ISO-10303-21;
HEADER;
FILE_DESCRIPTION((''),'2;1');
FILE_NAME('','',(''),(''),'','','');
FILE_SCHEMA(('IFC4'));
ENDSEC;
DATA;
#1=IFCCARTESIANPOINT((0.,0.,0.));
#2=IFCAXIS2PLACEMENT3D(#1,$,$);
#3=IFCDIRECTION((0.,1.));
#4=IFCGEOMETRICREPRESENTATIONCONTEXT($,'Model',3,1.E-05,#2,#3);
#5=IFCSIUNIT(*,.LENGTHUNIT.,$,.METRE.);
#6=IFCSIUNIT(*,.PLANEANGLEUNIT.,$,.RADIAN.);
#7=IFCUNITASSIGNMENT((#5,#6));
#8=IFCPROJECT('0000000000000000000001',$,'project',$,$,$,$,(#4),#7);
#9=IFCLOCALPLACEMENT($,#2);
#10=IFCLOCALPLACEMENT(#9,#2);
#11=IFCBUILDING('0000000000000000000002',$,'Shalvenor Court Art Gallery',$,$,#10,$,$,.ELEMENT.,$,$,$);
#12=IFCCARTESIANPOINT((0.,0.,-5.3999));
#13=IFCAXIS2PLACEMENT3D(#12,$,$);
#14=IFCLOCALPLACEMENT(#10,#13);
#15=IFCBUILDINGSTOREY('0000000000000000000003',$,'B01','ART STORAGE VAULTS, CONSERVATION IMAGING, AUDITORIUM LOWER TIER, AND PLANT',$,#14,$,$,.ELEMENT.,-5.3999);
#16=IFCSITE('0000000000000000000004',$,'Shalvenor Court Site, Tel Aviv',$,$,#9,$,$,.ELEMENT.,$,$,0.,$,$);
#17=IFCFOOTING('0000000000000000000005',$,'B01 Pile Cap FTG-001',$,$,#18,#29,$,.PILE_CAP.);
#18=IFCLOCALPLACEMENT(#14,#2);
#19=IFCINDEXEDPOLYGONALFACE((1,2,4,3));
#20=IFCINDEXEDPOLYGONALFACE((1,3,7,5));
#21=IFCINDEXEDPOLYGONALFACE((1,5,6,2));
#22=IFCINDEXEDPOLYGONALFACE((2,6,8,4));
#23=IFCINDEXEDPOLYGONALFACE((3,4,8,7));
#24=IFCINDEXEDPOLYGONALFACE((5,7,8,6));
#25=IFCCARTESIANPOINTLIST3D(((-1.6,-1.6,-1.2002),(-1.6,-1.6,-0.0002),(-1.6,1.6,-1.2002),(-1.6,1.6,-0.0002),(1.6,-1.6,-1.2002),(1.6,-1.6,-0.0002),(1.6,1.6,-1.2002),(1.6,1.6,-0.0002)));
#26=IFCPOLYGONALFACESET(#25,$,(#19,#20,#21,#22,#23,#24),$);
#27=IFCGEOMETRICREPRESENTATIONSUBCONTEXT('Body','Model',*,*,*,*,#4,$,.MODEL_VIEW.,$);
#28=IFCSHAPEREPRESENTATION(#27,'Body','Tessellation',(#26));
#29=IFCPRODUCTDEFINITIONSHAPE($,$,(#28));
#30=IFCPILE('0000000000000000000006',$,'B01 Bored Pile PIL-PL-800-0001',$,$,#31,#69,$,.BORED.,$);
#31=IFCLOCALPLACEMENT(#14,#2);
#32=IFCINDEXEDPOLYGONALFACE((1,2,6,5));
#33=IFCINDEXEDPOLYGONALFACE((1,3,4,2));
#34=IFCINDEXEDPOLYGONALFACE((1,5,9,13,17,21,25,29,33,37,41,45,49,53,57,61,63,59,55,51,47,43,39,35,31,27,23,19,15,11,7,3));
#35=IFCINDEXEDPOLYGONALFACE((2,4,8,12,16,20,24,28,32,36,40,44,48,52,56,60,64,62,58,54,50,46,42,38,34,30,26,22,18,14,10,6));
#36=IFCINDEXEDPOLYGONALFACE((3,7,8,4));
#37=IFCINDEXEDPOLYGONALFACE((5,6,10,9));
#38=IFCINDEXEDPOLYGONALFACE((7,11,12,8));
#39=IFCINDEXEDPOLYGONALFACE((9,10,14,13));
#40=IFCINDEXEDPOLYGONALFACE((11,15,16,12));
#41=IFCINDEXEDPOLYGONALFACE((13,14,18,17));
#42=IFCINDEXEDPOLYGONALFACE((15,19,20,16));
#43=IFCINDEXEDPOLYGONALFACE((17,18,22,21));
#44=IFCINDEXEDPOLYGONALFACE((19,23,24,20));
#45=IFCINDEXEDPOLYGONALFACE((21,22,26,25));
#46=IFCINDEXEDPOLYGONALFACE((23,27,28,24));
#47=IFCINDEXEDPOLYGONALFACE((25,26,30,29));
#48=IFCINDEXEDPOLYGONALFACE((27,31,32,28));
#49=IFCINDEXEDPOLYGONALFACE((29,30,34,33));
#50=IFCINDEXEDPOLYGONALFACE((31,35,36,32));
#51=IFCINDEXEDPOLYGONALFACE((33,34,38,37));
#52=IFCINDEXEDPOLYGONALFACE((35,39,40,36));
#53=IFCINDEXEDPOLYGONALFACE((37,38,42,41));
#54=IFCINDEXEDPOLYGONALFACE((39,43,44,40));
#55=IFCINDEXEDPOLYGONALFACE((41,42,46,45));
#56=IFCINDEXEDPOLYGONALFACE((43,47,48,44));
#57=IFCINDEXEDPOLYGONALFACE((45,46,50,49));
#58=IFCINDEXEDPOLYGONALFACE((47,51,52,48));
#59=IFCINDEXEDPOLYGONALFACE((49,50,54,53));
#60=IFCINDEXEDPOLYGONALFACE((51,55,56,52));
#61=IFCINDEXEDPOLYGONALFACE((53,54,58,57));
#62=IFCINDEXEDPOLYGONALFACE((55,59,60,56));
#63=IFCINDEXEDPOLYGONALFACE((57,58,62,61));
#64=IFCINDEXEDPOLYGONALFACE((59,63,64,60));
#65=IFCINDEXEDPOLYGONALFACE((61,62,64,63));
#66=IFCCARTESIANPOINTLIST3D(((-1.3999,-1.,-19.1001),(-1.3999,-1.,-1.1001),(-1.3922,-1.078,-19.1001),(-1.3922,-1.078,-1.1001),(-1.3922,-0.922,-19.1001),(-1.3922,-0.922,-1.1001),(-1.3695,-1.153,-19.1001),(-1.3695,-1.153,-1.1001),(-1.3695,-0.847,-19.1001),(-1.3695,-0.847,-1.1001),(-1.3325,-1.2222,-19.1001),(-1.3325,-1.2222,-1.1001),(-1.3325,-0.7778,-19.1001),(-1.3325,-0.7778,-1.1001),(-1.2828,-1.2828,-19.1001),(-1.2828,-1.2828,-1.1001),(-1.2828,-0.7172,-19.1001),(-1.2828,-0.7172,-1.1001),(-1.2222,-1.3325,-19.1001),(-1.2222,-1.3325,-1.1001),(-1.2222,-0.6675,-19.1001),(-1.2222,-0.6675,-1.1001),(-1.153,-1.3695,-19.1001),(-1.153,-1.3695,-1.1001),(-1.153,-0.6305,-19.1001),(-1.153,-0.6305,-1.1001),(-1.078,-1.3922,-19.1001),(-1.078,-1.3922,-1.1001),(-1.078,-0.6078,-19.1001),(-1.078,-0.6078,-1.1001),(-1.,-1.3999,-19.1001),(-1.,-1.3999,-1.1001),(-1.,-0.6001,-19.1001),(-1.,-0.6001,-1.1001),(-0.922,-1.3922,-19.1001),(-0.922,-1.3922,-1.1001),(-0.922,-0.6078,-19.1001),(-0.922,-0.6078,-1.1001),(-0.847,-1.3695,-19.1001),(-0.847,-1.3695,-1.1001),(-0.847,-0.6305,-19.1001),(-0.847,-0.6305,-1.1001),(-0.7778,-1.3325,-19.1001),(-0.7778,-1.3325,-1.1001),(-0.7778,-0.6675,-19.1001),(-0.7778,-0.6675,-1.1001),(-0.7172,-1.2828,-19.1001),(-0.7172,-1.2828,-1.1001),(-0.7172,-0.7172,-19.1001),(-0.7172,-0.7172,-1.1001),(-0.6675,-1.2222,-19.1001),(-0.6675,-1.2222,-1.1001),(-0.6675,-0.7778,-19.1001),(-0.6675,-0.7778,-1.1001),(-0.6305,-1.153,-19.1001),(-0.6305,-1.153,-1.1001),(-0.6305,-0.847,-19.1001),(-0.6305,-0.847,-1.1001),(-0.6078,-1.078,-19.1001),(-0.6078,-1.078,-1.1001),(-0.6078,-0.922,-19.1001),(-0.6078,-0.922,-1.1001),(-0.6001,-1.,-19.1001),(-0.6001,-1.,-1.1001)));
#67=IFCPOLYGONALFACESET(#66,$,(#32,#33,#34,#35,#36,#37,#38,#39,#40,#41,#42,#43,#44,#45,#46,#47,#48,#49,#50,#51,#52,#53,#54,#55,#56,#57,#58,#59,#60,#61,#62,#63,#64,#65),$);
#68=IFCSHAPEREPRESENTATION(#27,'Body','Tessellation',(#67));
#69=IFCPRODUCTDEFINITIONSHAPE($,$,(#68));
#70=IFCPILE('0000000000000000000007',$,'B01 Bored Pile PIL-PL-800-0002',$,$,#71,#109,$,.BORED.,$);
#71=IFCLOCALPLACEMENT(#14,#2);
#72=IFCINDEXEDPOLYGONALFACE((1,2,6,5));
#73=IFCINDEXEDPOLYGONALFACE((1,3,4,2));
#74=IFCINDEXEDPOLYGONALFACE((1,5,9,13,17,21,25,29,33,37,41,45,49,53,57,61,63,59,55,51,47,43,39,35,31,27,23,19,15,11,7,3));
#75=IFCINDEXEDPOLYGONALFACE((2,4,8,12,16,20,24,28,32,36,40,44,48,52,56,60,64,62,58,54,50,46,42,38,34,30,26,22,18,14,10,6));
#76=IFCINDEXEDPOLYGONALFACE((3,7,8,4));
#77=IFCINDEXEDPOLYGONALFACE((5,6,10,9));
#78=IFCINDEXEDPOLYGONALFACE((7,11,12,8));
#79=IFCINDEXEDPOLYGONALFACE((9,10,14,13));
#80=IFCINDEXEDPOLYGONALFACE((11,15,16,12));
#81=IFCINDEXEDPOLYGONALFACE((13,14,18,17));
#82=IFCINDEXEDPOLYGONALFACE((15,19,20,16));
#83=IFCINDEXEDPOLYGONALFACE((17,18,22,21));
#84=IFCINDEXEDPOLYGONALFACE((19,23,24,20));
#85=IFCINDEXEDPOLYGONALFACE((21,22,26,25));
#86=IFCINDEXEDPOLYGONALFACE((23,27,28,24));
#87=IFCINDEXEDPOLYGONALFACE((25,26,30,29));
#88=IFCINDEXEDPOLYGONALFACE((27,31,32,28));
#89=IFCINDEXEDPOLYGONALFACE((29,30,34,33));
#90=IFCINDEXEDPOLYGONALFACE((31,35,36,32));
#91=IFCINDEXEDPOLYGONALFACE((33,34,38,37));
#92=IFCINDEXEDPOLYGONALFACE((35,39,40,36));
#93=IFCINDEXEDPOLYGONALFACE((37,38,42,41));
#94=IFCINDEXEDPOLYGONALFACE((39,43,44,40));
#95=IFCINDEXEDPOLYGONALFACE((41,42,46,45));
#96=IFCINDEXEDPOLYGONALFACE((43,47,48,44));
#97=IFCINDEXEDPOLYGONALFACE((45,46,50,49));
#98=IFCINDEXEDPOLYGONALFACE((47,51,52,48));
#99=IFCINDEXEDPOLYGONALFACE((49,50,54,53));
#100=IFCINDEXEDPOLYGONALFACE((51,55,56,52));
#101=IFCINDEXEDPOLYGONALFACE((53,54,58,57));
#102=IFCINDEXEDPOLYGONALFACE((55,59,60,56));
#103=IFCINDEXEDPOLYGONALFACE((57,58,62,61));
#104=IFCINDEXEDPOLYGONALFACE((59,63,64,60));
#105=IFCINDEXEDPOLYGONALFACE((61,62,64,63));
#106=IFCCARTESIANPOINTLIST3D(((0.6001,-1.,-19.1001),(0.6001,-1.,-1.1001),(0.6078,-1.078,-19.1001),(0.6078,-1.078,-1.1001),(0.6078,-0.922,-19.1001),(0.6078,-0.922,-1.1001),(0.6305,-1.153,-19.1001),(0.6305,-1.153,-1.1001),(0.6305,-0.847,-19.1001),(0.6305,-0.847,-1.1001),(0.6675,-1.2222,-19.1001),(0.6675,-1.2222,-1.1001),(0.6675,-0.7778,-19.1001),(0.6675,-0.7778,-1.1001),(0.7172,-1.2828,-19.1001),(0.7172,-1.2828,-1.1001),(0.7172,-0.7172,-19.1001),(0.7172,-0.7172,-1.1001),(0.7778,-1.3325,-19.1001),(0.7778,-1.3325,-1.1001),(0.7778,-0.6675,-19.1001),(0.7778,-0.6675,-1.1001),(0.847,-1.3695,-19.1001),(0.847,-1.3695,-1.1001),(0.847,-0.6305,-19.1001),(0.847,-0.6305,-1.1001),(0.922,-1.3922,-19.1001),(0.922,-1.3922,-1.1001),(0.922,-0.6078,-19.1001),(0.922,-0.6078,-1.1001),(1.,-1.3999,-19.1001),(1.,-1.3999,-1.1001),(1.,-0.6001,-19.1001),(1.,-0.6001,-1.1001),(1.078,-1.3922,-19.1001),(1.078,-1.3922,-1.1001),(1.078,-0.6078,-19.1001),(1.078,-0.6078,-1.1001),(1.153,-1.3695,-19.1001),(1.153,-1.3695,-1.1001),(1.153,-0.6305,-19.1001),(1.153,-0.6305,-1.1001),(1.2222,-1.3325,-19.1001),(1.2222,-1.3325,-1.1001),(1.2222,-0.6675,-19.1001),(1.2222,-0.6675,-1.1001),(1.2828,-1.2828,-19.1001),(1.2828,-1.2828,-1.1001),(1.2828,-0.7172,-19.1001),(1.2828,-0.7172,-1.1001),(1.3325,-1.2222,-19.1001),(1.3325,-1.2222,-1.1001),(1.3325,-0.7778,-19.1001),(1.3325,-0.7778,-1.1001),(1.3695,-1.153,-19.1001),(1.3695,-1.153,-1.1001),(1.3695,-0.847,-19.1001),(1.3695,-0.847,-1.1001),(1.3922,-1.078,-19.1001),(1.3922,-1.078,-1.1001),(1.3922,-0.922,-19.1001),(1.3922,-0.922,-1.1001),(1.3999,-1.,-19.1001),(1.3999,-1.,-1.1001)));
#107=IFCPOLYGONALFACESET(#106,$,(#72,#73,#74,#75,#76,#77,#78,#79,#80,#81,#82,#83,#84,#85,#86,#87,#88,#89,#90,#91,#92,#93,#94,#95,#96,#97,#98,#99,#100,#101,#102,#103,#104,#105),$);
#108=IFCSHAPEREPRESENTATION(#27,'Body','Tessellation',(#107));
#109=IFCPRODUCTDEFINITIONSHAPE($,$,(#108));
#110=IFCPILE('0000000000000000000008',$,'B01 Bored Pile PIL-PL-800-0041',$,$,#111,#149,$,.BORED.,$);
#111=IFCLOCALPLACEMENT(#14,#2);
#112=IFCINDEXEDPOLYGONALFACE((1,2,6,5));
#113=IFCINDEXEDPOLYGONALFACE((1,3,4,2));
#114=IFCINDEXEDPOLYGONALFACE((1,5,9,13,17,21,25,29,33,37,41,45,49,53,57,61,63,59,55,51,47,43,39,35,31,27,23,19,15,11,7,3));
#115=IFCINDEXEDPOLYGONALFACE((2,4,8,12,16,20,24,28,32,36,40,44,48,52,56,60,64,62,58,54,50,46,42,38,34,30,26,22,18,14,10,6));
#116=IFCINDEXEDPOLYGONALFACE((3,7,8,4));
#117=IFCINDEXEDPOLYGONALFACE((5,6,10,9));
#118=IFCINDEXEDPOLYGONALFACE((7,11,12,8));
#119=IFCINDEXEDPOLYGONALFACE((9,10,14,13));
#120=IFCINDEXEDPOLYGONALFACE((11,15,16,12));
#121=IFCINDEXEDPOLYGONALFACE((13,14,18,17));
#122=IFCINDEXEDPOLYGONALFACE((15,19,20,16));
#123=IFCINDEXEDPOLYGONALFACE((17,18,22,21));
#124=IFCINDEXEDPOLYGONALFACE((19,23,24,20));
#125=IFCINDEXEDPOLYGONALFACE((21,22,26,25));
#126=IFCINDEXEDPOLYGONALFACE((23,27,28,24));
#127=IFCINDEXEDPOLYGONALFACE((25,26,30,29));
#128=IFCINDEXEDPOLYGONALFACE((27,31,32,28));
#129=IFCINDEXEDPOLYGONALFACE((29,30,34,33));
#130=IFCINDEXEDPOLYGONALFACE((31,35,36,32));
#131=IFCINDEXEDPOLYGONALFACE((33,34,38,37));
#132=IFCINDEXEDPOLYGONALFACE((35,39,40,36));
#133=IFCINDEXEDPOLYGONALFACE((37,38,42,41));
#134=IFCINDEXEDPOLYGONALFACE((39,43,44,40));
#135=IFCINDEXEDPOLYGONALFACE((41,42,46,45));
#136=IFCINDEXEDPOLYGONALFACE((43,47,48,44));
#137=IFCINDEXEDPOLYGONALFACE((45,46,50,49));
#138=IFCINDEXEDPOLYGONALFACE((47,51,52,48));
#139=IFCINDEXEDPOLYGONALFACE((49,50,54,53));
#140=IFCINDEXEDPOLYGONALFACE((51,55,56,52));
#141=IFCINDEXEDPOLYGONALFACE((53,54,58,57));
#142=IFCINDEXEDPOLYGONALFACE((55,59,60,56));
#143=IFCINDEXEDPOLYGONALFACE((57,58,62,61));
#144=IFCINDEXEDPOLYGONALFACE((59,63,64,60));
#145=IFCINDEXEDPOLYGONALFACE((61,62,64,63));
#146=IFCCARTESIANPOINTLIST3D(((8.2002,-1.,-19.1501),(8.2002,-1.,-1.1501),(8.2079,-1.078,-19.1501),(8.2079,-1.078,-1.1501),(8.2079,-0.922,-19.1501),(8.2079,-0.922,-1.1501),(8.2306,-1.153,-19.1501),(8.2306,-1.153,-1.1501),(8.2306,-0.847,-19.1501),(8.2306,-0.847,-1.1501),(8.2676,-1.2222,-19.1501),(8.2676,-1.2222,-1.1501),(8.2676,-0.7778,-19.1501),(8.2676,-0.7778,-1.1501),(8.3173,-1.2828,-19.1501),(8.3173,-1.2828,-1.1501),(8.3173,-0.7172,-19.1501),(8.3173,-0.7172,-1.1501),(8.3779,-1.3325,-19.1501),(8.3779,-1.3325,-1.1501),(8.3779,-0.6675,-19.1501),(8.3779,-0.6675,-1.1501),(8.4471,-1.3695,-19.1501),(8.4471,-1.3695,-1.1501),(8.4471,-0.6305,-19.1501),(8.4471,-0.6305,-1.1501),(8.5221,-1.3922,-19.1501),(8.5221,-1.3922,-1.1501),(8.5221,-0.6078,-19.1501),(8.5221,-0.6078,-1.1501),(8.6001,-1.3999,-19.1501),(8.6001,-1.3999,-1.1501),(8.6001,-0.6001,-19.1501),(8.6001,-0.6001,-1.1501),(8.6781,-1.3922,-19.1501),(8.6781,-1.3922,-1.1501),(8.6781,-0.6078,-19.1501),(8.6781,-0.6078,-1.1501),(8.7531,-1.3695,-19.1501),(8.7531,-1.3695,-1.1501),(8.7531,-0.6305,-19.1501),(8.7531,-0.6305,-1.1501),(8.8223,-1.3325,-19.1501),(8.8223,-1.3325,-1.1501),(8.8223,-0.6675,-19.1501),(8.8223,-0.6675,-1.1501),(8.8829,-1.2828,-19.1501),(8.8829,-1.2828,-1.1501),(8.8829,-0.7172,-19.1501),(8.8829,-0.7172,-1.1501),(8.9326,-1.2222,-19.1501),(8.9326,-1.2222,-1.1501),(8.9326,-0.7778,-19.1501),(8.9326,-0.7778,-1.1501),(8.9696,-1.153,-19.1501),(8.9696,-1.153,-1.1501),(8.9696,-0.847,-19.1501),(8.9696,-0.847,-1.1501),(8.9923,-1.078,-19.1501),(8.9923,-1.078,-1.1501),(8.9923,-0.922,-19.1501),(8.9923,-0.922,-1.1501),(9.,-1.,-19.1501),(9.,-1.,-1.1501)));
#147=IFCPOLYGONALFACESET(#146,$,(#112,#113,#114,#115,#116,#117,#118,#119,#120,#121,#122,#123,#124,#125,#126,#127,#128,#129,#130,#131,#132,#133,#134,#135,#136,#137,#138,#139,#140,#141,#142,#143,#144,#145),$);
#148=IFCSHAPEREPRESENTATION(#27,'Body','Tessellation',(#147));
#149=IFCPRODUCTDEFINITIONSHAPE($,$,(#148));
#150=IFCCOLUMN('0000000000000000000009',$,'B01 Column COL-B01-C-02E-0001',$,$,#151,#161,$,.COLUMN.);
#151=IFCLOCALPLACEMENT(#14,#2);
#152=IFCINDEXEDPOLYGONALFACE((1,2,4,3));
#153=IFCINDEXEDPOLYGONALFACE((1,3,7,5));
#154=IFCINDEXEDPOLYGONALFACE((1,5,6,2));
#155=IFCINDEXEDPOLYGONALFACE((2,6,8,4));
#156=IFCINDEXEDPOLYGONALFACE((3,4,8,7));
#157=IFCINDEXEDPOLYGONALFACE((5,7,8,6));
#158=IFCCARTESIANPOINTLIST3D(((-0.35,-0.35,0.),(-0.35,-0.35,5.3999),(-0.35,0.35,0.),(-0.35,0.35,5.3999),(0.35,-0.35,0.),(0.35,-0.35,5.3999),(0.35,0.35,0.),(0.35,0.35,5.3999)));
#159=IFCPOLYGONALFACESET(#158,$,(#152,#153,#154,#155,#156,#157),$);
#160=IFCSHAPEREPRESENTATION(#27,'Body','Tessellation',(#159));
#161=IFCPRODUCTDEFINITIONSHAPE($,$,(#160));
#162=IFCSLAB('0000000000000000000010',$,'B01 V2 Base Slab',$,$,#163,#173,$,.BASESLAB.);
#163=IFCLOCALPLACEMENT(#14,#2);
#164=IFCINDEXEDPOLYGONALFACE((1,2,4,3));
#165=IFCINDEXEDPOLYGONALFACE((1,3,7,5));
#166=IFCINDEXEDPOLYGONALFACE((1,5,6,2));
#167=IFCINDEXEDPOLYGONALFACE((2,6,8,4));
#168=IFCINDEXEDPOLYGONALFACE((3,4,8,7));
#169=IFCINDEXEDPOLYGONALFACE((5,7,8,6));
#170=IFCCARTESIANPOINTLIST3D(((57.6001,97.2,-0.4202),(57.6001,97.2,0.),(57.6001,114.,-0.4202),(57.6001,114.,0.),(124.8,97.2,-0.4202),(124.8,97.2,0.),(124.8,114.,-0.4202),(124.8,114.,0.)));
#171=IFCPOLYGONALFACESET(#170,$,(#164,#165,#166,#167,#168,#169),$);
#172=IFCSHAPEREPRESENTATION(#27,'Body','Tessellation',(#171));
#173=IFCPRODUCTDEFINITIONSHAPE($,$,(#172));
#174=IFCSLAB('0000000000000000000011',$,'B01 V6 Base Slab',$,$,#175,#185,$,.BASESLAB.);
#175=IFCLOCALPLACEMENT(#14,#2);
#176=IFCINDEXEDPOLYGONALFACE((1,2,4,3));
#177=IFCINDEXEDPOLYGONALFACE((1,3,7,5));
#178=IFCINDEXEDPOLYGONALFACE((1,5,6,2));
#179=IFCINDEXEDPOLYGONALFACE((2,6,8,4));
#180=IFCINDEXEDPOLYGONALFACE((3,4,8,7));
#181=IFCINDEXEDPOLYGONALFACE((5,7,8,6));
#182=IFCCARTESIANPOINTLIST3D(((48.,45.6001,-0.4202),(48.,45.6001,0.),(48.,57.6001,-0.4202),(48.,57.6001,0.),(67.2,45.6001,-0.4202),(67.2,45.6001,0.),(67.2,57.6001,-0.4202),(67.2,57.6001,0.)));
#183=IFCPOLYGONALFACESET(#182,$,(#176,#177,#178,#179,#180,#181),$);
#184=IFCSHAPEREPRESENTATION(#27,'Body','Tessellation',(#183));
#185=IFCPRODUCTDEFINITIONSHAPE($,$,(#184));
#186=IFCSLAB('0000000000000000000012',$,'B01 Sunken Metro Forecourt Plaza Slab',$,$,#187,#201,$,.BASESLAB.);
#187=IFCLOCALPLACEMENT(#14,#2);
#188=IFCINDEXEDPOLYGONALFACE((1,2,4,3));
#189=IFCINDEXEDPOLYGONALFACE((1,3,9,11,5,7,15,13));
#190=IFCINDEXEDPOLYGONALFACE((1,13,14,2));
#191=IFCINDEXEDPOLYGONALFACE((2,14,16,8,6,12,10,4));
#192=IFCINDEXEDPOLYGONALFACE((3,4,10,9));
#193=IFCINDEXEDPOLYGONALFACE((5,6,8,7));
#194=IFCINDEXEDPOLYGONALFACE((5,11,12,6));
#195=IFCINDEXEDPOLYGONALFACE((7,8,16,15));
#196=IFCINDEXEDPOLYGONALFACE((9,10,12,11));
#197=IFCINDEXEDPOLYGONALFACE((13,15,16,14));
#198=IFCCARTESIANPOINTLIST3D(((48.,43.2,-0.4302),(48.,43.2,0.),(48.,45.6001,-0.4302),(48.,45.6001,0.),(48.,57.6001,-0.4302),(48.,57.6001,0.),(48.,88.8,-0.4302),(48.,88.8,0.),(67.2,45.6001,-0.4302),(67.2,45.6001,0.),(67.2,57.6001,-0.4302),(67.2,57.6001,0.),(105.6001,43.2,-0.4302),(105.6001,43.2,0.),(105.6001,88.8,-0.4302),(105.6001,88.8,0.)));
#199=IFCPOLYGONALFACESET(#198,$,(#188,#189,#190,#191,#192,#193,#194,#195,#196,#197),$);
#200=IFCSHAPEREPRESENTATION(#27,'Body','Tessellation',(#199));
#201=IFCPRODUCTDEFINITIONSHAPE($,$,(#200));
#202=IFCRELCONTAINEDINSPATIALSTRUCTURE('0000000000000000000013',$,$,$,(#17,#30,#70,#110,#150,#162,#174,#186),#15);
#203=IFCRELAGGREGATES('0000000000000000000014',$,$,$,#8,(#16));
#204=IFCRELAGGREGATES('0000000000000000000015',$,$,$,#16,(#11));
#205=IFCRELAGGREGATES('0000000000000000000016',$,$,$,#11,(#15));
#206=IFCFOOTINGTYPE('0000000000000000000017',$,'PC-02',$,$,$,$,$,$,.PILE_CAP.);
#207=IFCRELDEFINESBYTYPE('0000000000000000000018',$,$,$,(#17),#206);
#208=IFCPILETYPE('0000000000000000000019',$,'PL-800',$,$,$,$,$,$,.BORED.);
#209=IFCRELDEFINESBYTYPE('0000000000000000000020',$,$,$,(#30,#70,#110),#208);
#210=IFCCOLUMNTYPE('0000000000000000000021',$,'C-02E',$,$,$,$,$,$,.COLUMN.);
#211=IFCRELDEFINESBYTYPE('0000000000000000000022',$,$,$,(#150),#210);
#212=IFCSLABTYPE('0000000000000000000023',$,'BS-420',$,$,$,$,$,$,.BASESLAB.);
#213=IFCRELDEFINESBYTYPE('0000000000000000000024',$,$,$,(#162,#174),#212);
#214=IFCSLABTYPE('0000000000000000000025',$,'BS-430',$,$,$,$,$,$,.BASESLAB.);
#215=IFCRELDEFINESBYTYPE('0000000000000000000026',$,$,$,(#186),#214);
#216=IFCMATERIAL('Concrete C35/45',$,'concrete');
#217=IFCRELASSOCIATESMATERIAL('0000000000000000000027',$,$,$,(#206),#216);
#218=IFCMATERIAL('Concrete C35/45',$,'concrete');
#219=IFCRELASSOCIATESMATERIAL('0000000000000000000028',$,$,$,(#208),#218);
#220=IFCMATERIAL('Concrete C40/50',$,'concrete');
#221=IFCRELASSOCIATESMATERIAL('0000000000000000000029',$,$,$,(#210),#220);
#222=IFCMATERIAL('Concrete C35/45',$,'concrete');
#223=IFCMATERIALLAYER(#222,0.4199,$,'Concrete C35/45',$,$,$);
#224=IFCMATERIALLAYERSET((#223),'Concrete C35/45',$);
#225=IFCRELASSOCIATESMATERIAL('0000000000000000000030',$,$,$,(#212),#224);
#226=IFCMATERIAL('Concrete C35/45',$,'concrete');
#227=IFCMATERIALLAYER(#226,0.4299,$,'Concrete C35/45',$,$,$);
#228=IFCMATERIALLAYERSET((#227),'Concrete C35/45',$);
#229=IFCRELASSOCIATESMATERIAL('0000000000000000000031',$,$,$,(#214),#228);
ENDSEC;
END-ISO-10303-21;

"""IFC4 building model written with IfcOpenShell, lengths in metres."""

from ifc_helpers import new_model, si_unit, direction, frame, origin, origin_with_axes, origin_2d, place, context, subcontext, project, spatial, polyline, rectangle, circle, outline, extrude, material, layer, layer_set, material_profile, profile_set, type_object, element, save


model = new_model("IFC4")

# Units and contexts
model_context = context("Model", 3, precision=1e-05, world=origin(), true_north=direction((0.0, 1.0)))
body_context = subcontext(model_context, "Body", "Model", "MODEL_VIEW")
ifc_project = project(units=[si_unit("LENGTHUNIT", "METRE"), si_unit("PLANEANGLEUNIT", "RADIAN")], contexts=[model_context])

# Site, building, storey
site_placement = place(None, origin())
site = spatial("IfcSite", under=ifc_project, at=site_placement, Name="Shalvenor Court Site, Tel Aviv", CompositionType="ELEMENT", RefElevation=0.0)
building_placement = place(site_placement, origin())
building = spatial("IfcBuilding", under=site, at=building_placement, Name="Shalvenor Court Art Gallery", CompositionType="ELEMENT")
storey_placement = place(building_placement, frame((0.0, 0.0, -5.3999)))
storey = spatial("IfcBuildingStorey", under=building, at=storey_placement, Name="B01", Description="ART STORAGE VAULTS, CONSERVATION IMAGING, AUDITORIUM LOWER TIER, AND PLANT", CompositionType="ELEMENT", Elevation=-5.3999)

# Footing
ifc_material_1 = material(Name="Concrete C35/45", Category="concrete")
footing_type = type_object("IfcFootingType", Name="PC-02", PredefinedType="PILE_CAP", material=ifc_material_1)
footing_placement = place(storey_placement, frame((0.0, 0.0, -1.2002), z_axis=(0.0, 0.0, 1.0), x_axis=(1.0, 0.0, 0.0)))
element("IfcFooting", 1, at=footing_placement, inside=storey, type_object=footing_type, Name="B01 Pile Cap FTG-001", PredefinedType="PILE_CAP", context=body_context, shape_type="SweptSolid", body=[
    extrude(rectangle(XDim=3.2, YDim=3.2, at=origin_2d()), origin(), (0.0, 0.0, 1.0), 1.2),
])

# Piles
ifc_material_2 = material(Name="Concrete C35/45", Category="concrete")
ifc_material_profile_1 = material_profile(ifc_material_2, circle(Radius=0.3999, at=origin_2d()), Name="PILE 800")
ifc_profile_set_1 = profile_set([ifc_material_profile_1], Name="Concrete C35/45")
pile_type = type_object("IfcPileType", Name="PL-800", PredefinedType="BORED", material=ifc_profile_set_1)
for number, where, z_axis, x_axis, name in (
    (2, (-1.0, -1.0, -1.1001), (0.0, 0.0, -1.0), (1.0, 0.0, 0.0), "B01 Bored Pile PIL-PL-800-0001"),
    (3, (1.0, -1.0, -1.1001), (0.0, 0.0, -1.0), (1.0, 0.0, 0.0), "B01 Bored Pile PIL-PL-800-0002"),
    (4, (8.6001, -1.0, -1.1501), (0.0, 0.0, -1.0), (1.0, 0.0, 0.0), "B01 Bored Pile PIL-PL-800-0041"),
):
    element("IfcPile", number, at=place(storey_placement, frame(where, z_axis=z_axis, x_axis=x_axis)), inside=storey, type_object=pile_type, Name=name, PredefinedType="BORED", context=body_context, shape_type="SweptSolid", body=[
        extrude(circle(Radius=0.3999, at=origin_2d()), origin(), (0.0, 0.0, 1.0), 18.0),
    ])

# Column
ifc_material_3 = material(Name="Concrete C40/50", Category="concrete")
ifc_material_profile_2 = material_profile(ifc_material_3, rectangle(XDim=0.7, YDim=0.7, at=origin_2d()), Name="RC 700x700")
ifc_profile_set_2 = profile_set([ifc_material_profile_2], Name="Concrete C40/50")
column_type = type_object("IfcColumnType", Name="C-02E", PredefinedType="COLUMN", material=ifc_profile_set_2)
column_placement = place(storey_placement, origin_with_axes())
element("IfcColumn", 5, at=column_placement, inside=storey, type_object=column_type, Name="B01 Column COL-B01-C-02E-0001", PredefinedType="COLUMN", context=body_context, shape_type="SweptSolid", body=[
    extrude(rectangle(XDim=0.7, YDim=0.7, at=origin_2d()), origin(), (0.0, 0.0, 1.0), 5.3999),
])

# Slabs
ifc_material_4 = material(Name="Concrete C35/45", Category="concrete")
ifc_layer_1 = layer(ifc_material_4, 0.4199, Name="Concrete C35/45")
ifc_layer_set_1 = layer_set([ifc_layer_1], Name="Concrete C35/45")
slab_type_1 = type_object("IfcSlabType", Name="BS-420", PredefinedType="BASESLAB", material=ifc_layer_set_1)
slab_1_placement = place(storey_placement, frame((0.0, 0.0, -0.4202)))
element("IfcSlab", 6, at=slab_1_placement, inside=storey, type_object=slab_type_1, Name="B01 V2 Base Slab", PredefinedType="BASESLAB", context=body_context, shape_type="SweptSolid", body=[
    extrude(outline(polyline([(124.8, 97.2), (124.8, 114.0), (57.6001, 114.0), (57.6001, 97.2), (124.8, 97.2)])), origin(), (0.0, 0.0, 1.0), 0.4202),
])
slab_2_placement = place(storey_placement, frame((0.0, 0.0, -0.4202)))
element("IfcSlab", 7, at=slab_2_placement, inside=storey, type_object=slab_type_1, Name="B01 V6 Base Slab", PredefinedType="BASESLAB", context=body_context, shape_type="SweptSolid", body=[
    extrude(outline(polyline([(67.2, 45.6001), (67.2, 57.6001), (48.0, 57.6001), (48.0, 45.6001), (67.2, 45.6001)])), origin(), (0.0, 0.0, 1.0), 0.4202),
])
ifc_material_5 = material(Name="Concrete C35/45", Category="concrete")
ifc_layer_2 = layer(ifc_material_5, 0.4299, Name="Concrete C35/45")
ifc_layer_set_2 = layer_set([ifc_layer_2], Name="Concrete C35/45")
slab_type_2 = type_object("IfcSlabType", Name="BS-430", PredefinedType="BASESLAB", material=ifc_layer_set_2)
slab_3_placement = place(storey_placement, frame((0.0, 0.0, -0.4302)))
element("IfcSlab", 8, at=slab_3_placement, inside=storey, type_object=slab_type_2, Name="B01 Sunken Metro Forecourt Plaza Slab", PredefinedType="BASESLAB", context=body_context, shape_type="SweptSolid", body=[
    extrude(outline(polyline([(48.0, 45.6001), (67.2, 45.6001), (67.2, 57.6001), (48.0, 57.6001), (48.0, 88.8), (105.6001, 88.8), (105.6001, 43.2), (48.0, 43.2), (48.0, 45.6001)])), origin(), (0.0, 0.0, 1.0), 0.4302),
])

save(model, "model.ifc")
